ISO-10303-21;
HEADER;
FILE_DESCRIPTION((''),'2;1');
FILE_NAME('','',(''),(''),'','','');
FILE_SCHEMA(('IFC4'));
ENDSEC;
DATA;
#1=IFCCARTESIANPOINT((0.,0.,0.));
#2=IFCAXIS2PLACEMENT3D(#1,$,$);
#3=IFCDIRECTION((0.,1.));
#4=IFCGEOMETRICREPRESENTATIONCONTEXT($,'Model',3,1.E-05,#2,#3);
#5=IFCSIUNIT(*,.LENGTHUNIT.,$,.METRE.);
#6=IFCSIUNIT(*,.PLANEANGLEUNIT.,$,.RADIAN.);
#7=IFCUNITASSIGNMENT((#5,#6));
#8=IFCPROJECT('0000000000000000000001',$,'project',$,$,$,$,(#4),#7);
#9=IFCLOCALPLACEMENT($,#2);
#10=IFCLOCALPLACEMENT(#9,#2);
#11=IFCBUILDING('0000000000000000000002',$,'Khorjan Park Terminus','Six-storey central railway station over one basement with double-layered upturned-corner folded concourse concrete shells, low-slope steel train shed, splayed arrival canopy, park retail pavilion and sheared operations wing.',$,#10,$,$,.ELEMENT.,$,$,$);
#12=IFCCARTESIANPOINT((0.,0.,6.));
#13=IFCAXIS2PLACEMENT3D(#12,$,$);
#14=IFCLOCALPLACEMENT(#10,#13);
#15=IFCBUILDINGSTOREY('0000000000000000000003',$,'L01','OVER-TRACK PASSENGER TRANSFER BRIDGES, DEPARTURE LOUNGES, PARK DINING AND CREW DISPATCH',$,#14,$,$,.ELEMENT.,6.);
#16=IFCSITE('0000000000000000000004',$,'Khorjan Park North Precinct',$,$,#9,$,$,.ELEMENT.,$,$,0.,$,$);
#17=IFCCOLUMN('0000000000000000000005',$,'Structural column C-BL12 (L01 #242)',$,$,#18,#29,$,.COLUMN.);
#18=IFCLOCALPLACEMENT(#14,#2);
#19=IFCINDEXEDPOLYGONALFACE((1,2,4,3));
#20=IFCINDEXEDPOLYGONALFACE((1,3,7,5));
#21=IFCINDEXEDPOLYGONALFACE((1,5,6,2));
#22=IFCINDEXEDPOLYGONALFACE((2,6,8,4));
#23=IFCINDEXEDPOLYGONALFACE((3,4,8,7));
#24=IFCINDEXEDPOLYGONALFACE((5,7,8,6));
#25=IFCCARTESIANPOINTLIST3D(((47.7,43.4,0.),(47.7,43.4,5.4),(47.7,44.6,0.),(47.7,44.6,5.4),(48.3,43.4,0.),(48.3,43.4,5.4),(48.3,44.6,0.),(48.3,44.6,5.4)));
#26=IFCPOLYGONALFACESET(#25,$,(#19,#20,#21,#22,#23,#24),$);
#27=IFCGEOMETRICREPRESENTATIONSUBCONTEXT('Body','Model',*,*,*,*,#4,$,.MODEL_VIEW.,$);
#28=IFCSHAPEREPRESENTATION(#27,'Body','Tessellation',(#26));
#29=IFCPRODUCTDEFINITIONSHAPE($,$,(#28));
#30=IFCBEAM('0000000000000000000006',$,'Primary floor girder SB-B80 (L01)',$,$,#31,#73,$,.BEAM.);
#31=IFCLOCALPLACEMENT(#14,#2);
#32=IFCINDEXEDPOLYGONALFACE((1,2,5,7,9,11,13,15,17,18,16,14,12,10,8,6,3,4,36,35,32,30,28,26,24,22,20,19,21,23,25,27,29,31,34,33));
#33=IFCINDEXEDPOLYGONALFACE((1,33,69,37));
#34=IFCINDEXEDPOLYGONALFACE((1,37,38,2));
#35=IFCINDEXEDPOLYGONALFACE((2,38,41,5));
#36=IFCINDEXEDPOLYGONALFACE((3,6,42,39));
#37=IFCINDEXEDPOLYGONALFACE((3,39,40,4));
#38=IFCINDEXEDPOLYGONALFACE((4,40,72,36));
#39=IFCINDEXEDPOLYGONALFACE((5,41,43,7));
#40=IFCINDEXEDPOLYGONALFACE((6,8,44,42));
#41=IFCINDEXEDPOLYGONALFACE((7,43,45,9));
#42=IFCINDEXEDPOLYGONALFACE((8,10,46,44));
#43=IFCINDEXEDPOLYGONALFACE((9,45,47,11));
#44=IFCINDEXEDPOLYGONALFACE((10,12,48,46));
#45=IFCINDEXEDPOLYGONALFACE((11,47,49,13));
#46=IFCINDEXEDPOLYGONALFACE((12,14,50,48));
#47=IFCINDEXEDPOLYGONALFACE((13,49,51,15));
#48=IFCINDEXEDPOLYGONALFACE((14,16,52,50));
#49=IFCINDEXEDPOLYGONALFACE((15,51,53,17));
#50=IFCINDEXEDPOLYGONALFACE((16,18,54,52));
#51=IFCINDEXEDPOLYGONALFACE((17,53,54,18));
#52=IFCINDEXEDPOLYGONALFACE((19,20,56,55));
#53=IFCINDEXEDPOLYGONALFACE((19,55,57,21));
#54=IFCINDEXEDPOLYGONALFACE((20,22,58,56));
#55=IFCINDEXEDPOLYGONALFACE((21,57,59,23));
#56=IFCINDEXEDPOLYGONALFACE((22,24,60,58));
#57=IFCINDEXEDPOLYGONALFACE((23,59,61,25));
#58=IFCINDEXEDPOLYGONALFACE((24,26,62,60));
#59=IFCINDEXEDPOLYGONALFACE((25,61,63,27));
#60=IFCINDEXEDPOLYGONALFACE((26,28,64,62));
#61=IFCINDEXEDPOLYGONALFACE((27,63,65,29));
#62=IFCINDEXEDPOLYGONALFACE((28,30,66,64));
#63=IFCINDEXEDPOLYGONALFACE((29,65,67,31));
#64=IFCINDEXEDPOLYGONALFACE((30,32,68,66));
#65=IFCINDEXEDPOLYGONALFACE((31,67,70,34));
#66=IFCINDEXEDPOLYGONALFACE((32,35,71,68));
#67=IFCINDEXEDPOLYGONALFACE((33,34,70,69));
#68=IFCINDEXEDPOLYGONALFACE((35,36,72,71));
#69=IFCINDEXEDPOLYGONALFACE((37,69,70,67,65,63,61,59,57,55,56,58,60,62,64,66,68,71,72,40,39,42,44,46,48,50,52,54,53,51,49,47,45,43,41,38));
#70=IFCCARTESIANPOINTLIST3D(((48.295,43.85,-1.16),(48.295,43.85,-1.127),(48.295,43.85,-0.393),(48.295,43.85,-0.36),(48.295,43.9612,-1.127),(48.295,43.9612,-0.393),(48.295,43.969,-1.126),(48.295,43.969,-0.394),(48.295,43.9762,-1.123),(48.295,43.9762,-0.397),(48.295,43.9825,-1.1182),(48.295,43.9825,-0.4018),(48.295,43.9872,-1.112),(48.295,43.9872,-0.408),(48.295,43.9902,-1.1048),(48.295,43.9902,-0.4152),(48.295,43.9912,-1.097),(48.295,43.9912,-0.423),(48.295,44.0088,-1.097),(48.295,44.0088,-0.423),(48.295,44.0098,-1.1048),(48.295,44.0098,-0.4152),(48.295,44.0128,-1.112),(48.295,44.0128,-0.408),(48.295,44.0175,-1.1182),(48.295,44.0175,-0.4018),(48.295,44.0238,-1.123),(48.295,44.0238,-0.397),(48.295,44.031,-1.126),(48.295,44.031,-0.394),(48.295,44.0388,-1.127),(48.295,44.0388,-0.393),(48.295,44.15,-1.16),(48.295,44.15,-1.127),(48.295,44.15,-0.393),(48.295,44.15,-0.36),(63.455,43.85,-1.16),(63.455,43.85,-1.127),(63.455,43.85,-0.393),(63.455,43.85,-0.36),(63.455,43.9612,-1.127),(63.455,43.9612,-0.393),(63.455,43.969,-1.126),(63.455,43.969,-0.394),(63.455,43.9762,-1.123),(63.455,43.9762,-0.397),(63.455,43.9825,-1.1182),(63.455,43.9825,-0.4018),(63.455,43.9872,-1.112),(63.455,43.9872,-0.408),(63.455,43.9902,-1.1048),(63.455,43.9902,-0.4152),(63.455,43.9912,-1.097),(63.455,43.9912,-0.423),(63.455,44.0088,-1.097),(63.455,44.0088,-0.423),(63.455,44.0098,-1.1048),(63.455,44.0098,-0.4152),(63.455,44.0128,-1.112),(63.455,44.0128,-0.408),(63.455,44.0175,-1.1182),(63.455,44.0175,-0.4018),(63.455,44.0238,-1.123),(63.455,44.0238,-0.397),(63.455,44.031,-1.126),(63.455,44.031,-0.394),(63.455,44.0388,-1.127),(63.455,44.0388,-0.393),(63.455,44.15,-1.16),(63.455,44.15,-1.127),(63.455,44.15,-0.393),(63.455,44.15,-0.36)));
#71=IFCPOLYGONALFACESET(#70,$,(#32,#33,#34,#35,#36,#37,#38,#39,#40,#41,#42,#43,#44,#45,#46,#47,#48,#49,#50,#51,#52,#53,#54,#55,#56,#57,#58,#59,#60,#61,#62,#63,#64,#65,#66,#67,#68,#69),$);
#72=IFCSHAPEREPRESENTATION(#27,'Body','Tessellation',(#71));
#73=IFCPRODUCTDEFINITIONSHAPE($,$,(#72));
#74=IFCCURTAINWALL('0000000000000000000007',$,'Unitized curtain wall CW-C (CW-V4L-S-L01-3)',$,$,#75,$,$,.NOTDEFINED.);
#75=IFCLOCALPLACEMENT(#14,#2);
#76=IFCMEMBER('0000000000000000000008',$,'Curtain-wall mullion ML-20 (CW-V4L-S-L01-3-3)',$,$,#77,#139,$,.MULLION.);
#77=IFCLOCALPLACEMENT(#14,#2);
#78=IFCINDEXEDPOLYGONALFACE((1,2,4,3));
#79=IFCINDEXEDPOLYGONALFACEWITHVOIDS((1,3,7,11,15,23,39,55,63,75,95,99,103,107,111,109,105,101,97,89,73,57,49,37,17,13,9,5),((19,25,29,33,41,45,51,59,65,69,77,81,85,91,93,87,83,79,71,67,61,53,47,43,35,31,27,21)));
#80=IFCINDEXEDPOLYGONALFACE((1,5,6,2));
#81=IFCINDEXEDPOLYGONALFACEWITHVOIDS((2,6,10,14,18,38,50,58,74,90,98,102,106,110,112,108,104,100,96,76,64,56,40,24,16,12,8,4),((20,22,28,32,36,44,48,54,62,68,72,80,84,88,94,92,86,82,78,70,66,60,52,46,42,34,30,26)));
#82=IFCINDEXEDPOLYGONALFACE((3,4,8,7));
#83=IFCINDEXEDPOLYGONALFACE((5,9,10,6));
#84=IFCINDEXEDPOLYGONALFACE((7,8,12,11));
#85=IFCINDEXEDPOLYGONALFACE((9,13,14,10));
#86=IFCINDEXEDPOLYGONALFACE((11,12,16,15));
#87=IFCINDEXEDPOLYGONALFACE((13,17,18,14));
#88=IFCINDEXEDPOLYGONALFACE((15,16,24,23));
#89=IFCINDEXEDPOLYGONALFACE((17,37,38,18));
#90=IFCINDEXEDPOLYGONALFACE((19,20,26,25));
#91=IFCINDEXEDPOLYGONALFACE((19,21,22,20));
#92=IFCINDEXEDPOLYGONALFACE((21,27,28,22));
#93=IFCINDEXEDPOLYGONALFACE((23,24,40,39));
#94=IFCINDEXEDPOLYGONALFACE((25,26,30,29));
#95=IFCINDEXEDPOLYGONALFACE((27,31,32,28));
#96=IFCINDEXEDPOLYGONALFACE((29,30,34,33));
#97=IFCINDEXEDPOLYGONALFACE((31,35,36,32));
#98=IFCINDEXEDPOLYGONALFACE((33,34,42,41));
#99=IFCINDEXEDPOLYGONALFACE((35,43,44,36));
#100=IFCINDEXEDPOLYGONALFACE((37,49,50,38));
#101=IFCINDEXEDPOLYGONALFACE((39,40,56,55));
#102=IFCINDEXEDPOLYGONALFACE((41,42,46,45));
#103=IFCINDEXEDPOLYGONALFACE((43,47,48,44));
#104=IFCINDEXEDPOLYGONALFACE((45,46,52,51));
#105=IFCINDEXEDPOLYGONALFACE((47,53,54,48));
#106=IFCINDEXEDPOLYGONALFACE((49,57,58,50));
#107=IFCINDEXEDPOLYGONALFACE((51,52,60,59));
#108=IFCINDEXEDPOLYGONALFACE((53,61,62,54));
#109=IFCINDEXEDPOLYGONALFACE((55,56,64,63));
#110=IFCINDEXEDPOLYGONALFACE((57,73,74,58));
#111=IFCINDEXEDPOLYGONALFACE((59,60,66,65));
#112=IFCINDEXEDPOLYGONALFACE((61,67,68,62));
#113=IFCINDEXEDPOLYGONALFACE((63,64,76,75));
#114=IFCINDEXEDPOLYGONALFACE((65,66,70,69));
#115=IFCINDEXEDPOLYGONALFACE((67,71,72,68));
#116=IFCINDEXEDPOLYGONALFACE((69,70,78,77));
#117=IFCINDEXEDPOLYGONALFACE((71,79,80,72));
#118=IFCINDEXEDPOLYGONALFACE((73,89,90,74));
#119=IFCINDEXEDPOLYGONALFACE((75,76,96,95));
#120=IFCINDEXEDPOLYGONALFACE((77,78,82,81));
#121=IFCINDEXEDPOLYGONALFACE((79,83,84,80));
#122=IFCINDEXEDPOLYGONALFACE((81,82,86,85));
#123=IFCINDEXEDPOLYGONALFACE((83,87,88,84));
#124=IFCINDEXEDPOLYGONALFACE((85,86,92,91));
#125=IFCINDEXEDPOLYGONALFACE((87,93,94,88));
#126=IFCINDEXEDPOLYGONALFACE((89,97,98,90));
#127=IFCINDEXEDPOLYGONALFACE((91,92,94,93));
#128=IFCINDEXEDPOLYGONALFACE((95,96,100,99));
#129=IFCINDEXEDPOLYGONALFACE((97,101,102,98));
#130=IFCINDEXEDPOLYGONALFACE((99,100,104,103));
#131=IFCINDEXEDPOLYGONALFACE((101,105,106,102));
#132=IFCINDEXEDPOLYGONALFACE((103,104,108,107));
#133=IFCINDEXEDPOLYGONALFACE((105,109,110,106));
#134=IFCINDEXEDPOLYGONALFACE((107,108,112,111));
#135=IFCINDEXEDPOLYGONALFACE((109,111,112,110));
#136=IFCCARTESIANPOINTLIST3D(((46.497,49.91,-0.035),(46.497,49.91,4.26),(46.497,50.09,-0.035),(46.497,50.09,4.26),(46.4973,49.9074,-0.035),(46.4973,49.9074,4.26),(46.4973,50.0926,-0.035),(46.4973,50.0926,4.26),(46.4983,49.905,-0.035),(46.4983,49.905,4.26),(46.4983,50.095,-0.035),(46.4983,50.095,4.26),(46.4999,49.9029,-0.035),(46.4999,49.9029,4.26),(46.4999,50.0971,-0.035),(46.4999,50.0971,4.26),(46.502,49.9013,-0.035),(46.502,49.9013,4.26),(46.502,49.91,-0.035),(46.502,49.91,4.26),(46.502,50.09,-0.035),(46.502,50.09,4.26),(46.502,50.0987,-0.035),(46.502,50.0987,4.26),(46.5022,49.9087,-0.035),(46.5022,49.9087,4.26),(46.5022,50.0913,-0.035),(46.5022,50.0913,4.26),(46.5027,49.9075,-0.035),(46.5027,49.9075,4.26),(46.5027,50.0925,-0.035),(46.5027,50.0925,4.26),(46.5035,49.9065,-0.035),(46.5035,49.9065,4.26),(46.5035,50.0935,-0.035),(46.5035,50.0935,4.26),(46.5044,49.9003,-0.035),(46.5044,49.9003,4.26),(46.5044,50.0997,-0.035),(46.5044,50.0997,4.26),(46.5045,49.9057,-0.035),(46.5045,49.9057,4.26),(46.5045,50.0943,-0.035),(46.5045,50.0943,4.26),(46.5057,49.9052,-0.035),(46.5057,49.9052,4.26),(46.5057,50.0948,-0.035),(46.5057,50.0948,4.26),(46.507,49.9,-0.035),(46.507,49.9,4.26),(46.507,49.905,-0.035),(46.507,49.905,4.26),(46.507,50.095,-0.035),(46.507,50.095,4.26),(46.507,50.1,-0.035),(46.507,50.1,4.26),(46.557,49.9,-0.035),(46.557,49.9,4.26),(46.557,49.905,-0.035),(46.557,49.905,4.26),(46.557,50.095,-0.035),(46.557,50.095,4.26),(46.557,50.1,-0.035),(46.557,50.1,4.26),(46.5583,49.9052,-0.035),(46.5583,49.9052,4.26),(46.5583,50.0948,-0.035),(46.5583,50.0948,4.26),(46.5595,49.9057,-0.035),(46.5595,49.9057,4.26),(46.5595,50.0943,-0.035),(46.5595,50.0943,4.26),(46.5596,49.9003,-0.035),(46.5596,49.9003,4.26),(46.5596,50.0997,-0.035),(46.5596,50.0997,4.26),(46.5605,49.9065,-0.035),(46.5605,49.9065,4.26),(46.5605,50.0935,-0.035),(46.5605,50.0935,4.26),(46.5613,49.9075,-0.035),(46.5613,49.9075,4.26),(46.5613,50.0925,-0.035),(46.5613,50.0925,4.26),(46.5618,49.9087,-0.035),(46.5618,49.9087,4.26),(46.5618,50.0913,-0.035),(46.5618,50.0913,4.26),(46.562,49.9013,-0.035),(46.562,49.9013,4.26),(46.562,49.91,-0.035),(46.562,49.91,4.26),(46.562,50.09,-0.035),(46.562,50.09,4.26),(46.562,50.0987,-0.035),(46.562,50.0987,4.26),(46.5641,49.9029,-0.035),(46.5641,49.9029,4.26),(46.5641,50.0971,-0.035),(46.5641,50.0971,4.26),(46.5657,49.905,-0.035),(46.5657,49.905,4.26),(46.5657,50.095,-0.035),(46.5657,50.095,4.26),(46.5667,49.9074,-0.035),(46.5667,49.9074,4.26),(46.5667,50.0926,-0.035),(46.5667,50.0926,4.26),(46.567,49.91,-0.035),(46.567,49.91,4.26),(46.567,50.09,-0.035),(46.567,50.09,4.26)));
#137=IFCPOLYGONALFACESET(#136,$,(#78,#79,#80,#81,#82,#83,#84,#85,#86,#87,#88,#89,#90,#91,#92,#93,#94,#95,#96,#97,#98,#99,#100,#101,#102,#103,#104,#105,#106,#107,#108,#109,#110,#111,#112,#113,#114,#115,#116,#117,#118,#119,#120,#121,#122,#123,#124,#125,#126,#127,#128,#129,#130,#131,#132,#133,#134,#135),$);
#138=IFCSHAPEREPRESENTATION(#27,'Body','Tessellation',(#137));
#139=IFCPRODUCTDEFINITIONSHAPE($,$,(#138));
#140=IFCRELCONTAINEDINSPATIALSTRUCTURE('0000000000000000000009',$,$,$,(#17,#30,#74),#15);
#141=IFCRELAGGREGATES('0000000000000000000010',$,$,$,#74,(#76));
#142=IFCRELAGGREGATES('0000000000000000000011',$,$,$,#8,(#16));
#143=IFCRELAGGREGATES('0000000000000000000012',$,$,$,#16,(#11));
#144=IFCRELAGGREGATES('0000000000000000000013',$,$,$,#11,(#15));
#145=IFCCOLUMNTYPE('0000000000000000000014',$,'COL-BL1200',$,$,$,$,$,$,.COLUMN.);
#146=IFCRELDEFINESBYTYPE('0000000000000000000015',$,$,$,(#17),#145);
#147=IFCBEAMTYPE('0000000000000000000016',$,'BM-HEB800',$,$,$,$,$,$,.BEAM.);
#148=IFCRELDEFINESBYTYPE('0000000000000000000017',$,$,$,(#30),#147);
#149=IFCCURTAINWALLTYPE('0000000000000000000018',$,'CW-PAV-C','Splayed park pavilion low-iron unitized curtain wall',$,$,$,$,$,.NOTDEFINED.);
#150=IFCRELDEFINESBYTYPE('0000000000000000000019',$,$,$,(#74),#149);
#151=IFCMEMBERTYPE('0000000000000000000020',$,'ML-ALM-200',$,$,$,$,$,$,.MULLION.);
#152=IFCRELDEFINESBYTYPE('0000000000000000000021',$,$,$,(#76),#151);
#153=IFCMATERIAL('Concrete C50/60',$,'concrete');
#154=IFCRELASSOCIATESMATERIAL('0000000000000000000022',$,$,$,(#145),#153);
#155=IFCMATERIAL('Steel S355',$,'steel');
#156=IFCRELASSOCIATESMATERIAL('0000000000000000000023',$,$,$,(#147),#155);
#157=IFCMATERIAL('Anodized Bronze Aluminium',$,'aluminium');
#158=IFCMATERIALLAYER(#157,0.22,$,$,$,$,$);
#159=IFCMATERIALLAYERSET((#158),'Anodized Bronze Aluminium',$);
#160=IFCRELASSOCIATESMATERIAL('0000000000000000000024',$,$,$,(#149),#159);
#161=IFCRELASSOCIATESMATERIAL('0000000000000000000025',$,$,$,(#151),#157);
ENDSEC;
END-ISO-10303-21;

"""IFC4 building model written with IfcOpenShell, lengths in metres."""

from ifc_helpers import new_model, si_unit, direction, frame, origin, origin_2d, place, context, subcontext, project, spatial, rectangle, hollow_rectangle, i_section, extrude, material, layer, layer_set, material_profile, profile_set, type_object, element, aggregate, save


model = new_model("IFC4")

# Units and contexts
model_context = context("Model", 3, precision=1e-05, world=origin(), true_north=direction((0.0, 1.0)))
body_context = subcontext(model_context, "Body", "Model", "MODEL_VIEW")
ifc_project = project(units=[si_unit("LENGTHUNIT", "METRE"), si_unit("PLANEANGLEUNIT", "RADIAN")], contexts=[model_context])

# Site, building, storey
site_placement = place(None, origin())
site = spatial("IfcSite", under=ifc_project, at=site_placement, Name="Khorjan Park North Precinct", CompositionType="ELEMENT", RefElevation=0.0)
building_placement = place(site_placement, origin())
building = spatial("IfcBuilding", under=site, at=building_placement, Name="Khorjan Park Terminus", Description="Six-storey central railway station over one basement with double-layered upturned-corner folded concourse concrete shells, low-slope steel train shed, splayed arrival canopy, park retail pavilion and sheared operations wing.", CompositionType="ELEMENT")
storey_placement = place(building_placement, frame((0.0, 0.0, 6.0)))
storey = spatial("IfcBuildingStorey", under=building, at=storey_placement, Name="L01", Description="OVER-TRACK PASSENGER TRANSFER BRIDGES, DEPARTURE LOUNGES, PARK DINING AND CREW DISPATCH", CompositionType="ELEMENT", Elevation=6.0)

# Column
ifc_material_1 = material(Name="Concrete C50/60", Category="concrete")
ifc_material_profile_1 = material_profile(ifc_material_1, rectangle(XDim=0.6, YDim=1.2, at=origin_2d()), Name="RC 600x1200")
ifc_profile_set_1 = profile_set([ifc_material_profile_1], Name="Concrete C50/60")
column_type = type_object("IfcColumnType", Name="COL-BL1200", PredefinedType="COLUMN", material=ifc_profile_set_1)
column_placement = place(storey_placement, frame((48.0, 44.0, 0.0), z_axis=(0.0, 0.0, 1.0), x_axis=(1.0, 0.0, 0.0)))
element("IfcColumn", 1, at=column_placement, inside=storey, type_object=column_type, Name="Structural column C-BL12 (L01 #242)", PredefinedType="COLUMN", context=body_context, shape_type="SweptSolid", body=[
    extrude(rectangle(XDim=0.6, YDim=1.2, at=origin_2d()), origin(), (0.0, 0.0, 1.0), 5.4),
])

# Beam
ifc_material_2 = material(Name="Steel S355", Category="steel")
ifc_material_profile_2 = material_profile(ifc_material_2, i_section(OverallWidth=0.3, OverallDepth=0.8, WebThickness=0.0175, FlangeThickness=0.033, FilletRadius=0.03, at=origin_2d()), Name="HEB 800")
ifc_profile_set_2 = profile_set([ifc_material_profile_2], Name="Steel S355")
beam_type_1 = type_object("IfcBeamType", Name="BM-HEB800", PredefinedType="BEAM", material=ifc_profile_set_2)
beam_1_placement = place(storey_placement, frame((48.295, 44.0, -0.76), z_axis=(1.0, 0.0, 0.0), x_axis=(0.0, 1.0, 0.0)))
element("IfcBeam", 2, at=beam_1_placement, inside=storey, type_object=beam_type_1, Name="Primary floor girder SB-B80 (L01)", PredefinedType="BEAM", context=body_context, shape_type="SweptSolid", body=[
    extrude(i_section(OverallWidth=0.3, OverallDepth=0.8, WebThickness=0.0175, FlangeThickness=0.033, FilletRadius=0.03, at=origin_2d()), origin(), (0.0, 0.0, 1.0), 15.16),
])

# Curtain wall, member
ifc_material_3 = material(Name="Anodized Bronze Aluminium", Category="aluminium")
ifc_layer_1 = layer(ifc_material_3, 0.22)
ifc_layer_set_1 = layer_set([ifc_layer_1], Name="Anodized Bronze Aluminium")
curtain_wall_type_1 = type_object("IfcCurtainWallType", Name="CW-PAV-C", Description="Splayed park pavilion low-iron unitized curtain wall", PredefinedType="NOTDEFINED", material=ifc_layer_set_1)
curtain_wall_1_placement = place(storey_placement, origin())
curtain_wall_1 = element("IfcCurtainWall", 3, at=curtain_wall_1_placement, inside=storey, type_object=curtain_wall_type_1, Name="Unitized curtain wall CW-C (CW-V4L-S-L01-3)", PredefinedType="NOTDEFINED")
ifc_material_profile_3 = material_profile(ifc_material_3, hollow_rectangle(XDim=0.07, YDim=0.2, WallThickness=0.005, InnerFilletRadius=0.005, OuterFilletRadius=0.01, at=origin_2d()), Name="ALM 70x200x5")
ifc_profile_set_3 = profile_set([ifc_material_profile_3], Name="Anodized Bronze Aluminium")
member_type_1 = type_object("IfcMemberType", Name="ML-ALM-200", PredefinedType="MULLION", material=ifc_profile_set_3)
member_1_placement = place(storey_placement, frame((46.532, 50.0, -0.035), z_axis=(0.0, 0.0, 1.0), x_axis=(1.0, 0.0, 0.0)))
member_1 = element("IfcMember", 4, at=member_1_placement, type_object=member_type_1, Name="Curtain-wall mullion ML-20 (CW-V4L-S-L01-3-3)", PredefinedType="MULLION", context=body_context, shape_type="SweptSolid", body=[
    extrude(hollow_rectangle(XDim=0.07, YDim=0.2, WallThickness=0.005, InnerFilletRadius=0.005, OuterFilletRadius=0.01, at=origin_2d()), origin(), (0.0, 0.0, 1.0), 4.295),
])

aggregate(curtain_wall_1, [member_1])

save(model, "model.ifc")
